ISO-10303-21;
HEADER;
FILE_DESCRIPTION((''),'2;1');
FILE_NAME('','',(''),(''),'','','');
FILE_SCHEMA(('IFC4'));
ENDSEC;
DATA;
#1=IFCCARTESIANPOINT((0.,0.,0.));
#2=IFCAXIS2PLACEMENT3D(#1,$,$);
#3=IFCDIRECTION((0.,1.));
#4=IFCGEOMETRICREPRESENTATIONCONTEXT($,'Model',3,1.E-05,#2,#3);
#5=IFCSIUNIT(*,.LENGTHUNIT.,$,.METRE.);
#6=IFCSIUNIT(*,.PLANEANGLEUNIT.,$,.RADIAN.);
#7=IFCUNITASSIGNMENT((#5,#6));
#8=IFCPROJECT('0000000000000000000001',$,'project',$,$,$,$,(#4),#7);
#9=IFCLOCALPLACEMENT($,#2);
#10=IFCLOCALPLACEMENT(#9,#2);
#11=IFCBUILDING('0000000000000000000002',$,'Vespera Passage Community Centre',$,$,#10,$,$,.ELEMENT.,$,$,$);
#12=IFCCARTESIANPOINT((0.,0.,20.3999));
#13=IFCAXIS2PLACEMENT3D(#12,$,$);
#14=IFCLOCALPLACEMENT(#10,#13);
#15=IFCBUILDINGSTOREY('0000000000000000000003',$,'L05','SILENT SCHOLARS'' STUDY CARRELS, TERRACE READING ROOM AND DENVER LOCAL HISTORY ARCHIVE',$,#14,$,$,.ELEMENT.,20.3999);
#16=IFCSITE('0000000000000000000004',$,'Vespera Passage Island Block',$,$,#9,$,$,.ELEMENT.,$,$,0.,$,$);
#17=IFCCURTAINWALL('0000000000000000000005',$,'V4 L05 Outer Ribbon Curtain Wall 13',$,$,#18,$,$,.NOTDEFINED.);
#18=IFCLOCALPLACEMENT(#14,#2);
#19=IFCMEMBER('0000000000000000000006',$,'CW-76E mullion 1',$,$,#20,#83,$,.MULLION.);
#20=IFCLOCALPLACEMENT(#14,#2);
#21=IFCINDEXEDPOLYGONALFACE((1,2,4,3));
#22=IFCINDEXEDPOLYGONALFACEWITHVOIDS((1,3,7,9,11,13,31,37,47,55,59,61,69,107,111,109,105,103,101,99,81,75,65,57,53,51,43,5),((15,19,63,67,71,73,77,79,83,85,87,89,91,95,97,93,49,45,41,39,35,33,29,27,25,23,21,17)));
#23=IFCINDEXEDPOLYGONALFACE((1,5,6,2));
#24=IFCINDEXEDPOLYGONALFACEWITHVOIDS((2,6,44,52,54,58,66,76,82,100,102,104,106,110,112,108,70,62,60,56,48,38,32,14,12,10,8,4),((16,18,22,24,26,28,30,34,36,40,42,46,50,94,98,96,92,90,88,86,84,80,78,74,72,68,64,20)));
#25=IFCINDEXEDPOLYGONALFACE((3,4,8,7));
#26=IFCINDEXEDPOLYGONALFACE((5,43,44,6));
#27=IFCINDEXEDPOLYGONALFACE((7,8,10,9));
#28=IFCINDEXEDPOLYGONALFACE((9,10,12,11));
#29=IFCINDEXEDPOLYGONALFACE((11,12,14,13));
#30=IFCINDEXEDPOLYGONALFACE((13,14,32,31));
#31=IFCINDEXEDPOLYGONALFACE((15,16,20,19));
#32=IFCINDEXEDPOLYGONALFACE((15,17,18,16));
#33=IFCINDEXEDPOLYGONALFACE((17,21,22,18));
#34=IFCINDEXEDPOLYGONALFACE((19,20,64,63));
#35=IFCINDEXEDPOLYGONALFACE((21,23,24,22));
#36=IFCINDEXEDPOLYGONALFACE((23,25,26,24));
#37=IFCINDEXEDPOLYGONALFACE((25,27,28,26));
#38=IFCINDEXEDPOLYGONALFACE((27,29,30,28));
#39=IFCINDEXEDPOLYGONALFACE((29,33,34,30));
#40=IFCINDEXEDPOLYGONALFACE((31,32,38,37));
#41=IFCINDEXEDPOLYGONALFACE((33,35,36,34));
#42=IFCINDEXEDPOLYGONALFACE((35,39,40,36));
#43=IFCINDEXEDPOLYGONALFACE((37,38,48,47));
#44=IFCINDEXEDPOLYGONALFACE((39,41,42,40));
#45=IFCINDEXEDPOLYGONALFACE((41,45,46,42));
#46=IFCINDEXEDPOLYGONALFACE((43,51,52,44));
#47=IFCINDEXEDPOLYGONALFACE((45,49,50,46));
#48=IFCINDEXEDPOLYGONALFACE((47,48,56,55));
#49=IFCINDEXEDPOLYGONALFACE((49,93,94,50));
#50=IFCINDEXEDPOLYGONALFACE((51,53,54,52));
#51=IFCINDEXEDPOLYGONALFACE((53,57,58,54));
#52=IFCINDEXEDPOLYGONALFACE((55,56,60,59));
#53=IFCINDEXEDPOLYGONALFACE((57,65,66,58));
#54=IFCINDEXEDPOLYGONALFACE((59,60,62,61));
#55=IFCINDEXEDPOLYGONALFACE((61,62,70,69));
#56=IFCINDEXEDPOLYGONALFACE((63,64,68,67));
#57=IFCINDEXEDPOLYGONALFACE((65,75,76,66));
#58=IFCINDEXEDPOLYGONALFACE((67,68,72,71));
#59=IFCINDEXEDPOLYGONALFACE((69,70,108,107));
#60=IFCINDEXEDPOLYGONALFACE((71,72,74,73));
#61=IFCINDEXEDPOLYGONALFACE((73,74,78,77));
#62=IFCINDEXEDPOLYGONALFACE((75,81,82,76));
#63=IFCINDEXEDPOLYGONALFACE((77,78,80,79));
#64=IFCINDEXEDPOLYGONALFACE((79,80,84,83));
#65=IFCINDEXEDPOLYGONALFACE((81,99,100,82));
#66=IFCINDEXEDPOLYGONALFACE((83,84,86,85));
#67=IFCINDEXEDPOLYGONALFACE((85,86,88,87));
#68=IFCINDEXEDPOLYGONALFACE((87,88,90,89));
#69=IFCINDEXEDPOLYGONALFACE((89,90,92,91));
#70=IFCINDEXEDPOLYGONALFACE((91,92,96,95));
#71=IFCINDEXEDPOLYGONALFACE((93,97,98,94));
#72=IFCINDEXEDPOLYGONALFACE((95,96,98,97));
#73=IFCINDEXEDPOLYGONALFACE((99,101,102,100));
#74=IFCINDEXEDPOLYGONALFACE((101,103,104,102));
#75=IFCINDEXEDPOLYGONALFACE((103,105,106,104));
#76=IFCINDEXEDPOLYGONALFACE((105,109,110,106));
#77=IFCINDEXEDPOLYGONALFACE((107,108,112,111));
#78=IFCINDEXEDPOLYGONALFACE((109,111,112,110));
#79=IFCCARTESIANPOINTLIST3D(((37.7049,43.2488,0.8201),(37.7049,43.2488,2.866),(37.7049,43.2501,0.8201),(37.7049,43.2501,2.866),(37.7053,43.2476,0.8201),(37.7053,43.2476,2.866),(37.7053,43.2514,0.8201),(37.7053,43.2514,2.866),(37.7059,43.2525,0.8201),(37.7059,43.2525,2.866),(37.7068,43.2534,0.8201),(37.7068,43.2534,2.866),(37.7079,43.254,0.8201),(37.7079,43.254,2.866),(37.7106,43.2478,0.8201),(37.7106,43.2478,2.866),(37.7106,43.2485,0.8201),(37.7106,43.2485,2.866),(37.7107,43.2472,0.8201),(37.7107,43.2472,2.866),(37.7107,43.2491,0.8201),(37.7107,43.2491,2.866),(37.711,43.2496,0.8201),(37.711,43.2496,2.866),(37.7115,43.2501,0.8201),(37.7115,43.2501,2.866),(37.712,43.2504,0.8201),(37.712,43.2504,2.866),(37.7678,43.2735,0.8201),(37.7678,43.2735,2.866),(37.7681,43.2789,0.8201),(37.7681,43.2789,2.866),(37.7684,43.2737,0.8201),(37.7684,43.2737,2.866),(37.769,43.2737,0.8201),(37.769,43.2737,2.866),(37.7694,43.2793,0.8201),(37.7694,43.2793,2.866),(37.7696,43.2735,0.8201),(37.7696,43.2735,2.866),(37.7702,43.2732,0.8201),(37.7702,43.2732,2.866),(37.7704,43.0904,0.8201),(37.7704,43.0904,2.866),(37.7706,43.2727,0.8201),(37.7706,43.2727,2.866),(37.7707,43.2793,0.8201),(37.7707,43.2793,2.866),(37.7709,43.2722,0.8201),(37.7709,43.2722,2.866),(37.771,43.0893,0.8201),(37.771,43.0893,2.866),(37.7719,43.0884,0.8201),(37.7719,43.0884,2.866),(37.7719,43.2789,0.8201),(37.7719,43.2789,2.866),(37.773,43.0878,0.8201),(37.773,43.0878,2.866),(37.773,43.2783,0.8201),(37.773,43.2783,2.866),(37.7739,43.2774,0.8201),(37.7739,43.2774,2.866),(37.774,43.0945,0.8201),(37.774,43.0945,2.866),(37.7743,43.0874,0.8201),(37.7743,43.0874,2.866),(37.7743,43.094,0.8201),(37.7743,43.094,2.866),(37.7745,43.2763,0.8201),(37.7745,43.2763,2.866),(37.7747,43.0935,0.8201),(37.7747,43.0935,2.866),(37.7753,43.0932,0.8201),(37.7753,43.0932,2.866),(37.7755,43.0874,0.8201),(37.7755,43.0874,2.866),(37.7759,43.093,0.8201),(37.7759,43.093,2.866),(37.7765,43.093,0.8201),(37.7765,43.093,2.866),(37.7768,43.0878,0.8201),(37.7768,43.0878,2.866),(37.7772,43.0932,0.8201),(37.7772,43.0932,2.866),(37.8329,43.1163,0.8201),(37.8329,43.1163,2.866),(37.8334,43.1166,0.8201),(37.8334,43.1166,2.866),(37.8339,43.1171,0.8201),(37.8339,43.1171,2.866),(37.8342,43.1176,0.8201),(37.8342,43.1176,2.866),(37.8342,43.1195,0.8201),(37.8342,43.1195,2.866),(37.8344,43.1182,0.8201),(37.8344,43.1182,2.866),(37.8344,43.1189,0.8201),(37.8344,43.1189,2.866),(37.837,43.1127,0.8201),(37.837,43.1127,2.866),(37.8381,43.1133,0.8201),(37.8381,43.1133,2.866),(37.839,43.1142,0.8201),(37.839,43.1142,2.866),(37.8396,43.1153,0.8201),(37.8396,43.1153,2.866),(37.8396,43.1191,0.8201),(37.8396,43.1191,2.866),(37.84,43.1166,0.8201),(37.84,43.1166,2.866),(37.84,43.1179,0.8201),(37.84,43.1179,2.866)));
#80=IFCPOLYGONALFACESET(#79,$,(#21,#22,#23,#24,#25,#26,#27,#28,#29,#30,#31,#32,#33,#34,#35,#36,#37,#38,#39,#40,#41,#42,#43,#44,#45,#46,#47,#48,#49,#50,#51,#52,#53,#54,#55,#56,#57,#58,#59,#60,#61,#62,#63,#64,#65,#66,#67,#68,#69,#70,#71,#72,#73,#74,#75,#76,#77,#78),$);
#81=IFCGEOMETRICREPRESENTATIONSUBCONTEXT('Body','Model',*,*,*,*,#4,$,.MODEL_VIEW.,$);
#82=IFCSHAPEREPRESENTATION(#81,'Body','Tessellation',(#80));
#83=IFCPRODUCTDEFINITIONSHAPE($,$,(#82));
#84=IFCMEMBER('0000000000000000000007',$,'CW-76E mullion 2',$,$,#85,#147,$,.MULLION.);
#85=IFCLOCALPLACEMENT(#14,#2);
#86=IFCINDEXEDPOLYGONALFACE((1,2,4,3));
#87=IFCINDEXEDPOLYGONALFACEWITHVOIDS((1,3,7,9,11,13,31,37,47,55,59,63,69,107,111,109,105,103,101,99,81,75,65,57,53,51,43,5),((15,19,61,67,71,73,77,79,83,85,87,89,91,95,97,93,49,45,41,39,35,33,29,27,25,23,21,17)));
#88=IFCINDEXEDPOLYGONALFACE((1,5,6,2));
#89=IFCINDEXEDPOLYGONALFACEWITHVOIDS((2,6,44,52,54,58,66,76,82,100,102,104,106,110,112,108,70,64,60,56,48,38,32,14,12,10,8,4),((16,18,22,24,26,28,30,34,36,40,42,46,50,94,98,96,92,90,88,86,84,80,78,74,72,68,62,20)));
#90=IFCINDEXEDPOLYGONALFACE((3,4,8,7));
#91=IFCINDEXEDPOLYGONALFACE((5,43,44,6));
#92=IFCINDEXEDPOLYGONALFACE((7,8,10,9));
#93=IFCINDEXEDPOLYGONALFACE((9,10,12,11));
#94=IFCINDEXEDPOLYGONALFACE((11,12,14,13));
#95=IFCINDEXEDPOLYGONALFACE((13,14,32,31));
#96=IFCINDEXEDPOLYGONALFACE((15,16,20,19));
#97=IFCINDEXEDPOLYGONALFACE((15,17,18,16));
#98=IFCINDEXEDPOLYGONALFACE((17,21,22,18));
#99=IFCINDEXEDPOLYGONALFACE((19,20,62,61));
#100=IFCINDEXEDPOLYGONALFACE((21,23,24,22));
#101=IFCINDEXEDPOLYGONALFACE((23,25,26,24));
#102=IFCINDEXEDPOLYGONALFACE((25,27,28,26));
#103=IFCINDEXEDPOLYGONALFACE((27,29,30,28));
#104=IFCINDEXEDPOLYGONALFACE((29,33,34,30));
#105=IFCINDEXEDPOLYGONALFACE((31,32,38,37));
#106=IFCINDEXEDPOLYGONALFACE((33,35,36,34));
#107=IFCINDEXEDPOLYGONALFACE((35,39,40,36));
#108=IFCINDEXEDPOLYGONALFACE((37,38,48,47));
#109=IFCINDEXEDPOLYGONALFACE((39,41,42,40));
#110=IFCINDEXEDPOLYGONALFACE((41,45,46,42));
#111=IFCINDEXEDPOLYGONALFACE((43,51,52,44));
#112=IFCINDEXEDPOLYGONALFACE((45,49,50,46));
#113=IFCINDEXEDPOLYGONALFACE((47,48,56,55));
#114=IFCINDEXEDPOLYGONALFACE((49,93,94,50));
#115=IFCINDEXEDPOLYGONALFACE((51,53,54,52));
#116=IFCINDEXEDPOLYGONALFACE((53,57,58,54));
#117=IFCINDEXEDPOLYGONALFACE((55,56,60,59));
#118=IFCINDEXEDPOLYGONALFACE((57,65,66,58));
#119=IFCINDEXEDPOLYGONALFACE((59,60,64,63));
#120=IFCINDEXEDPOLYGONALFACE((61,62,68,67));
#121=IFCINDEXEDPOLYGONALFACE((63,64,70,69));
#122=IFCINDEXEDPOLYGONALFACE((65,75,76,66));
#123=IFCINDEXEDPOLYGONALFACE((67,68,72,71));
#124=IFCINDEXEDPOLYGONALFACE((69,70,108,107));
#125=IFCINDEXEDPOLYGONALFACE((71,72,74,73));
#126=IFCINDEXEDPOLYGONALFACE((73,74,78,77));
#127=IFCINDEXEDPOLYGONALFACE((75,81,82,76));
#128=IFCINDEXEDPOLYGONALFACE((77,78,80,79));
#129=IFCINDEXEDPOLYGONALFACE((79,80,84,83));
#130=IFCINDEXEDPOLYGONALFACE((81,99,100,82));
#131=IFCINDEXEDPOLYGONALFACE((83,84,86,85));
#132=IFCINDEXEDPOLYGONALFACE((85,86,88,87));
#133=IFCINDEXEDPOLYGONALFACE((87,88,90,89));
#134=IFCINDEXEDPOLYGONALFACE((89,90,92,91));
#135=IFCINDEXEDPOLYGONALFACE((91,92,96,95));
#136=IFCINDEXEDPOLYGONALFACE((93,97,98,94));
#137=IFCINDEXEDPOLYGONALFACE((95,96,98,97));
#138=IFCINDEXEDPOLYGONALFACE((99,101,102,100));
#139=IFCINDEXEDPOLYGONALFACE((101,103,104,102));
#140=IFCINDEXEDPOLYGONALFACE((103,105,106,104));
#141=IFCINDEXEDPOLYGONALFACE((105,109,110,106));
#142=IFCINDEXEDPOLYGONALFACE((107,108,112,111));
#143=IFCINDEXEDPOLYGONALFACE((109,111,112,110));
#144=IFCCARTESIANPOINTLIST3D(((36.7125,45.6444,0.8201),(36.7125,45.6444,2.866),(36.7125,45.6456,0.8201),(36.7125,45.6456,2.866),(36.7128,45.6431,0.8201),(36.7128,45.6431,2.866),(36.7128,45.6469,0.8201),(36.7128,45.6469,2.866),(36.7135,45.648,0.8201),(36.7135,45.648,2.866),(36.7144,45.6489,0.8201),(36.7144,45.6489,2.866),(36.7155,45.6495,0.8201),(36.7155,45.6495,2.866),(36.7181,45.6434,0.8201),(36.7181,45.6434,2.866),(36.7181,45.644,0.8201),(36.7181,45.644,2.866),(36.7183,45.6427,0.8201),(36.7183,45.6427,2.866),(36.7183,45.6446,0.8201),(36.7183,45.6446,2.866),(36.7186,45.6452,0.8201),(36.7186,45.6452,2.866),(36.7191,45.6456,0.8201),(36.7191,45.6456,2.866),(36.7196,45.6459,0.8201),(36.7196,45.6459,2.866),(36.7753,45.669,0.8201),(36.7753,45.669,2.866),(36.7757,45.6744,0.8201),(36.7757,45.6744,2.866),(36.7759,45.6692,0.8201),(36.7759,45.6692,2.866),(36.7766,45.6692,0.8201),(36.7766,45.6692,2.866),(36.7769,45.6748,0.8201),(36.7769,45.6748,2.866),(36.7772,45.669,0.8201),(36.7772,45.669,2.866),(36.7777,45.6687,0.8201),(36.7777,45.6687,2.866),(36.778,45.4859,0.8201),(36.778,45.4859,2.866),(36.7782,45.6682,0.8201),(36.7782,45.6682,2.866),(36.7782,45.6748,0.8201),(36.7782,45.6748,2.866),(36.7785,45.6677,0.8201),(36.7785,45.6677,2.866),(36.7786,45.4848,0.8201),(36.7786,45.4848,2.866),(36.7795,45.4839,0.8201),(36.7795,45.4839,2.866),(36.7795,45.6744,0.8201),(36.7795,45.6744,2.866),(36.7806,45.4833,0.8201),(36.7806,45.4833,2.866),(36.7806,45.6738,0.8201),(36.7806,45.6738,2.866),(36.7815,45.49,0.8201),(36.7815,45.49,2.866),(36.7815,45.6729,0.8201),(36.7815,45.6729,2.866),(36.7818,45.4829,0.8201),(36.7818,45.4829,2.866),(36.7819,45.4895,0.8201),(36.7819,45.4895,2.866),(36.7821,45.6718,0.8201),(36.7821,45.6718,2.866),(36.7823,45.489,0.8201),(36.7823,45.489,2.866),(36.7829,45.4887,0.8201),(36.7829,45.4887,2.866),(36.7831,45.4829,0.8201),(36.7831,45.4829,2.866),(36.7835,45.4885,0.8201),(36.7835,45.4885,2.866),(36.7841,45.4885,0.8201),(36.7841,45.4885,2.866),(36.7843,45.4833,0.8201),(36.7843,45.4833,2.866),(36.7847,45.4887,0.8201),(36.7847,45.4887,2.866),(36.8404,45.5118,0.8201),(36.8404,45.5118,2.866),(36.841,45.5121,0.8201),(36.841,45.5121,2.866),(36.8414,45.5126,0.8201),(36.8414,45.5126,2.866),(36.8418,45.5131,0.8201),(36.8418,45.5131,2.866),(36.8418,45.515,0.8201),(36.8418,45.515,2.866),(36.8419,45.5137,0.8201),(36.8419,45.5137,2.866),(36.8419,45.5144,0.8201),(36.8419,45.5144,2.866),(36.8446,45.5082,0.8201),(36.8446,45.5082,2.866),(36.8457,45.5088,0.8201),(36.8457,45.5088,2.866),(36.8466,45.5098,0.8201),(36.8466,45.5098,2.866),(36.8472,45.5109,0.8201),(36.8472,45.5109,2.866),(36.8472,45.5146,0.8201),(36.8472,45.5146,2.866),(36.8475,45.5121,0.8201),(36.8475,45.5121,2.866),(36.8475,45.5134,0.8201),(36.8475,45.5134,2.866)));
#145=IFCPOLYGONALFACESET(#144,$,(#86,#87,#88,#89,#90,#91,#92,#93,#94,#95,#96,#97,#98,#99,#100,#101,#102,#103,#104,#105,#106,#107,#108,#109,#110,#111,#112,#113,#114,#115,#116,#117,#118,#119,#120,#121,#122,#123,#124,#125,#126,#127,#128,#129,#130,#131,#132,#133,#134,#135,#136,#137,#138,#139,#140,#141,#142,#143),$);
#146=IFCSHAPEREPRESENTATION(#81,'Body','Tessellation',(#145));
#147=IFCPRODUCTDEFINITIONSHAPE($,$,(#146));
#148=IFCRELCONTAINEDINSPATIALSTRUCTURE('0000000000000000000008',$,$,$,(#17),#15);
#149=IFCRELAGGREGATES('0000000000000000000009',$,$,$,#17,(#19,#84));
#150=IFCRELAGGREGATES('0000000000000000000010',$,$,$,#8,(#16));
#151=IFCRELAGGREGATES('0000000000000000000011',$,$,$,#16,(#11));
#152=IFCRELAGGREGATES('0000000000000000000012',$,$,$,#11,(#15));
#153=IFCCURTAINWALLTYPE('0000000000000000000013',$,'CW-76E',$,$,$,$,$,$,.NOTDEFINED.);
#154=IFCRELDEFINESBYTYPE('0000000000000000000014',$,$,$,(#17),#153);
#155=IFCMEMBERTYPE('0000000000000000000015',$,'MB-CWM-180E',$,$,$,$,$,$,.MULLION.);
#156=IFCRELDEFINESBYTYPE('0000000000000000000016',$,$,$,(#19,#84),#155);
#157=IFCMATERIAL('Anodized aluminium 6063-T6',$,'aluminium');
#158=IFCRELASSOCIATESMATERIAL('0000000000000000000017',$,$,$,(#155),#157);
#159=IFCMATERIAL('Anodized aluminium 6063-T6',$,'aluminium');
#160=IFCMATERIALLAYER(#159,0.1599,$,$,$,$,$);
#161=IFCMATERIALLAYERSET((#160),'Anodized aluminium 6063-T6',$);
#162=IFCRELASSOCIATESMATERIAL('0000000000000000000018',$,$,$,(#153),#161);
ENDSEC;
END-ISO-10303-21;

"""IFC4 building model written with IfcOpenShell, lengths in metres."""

from ifc_helpers import new_model, si_unit, direction, frame, origin, origin_2d, place, context, subcontext, project, spatial, hollow_rectangle, extrude, material, layer, layer_set, material_profile, profile_set, type_object, element, aggregate, save


model = new_model("IFC4")

# Units and contexts
model_context = context("Model", 3, precision=1e-05, world=origin(), true_north=direction((0.0, 1.0)))
body_context = subcontext(model_context, "Body", "Model", "MODEL_VIEW")
ifc_project = project(units=[si_unit("LENGTHUNIT", "METRE"), si_unit("PLANEANGLEUNIT", "RADIAN")], contexts=[model_context])

# Site, building, storey
site_placement = place(None, origin())
site = spatial("IfcSite", under=ifc_project, at=site_placement, Name="Vespera Passage Island Block", CompositionType="ELEMENT", RefElevation=0.0)
building_placement = place(site_placement, origin())
building = spatial("IfcBuilding", under=site, at=building_placement, Name="Vespera Passage Community Centre", CompositionType="ELEMENT")
storey_placement = place(building_placement, frame((0.0, 0.0, 20.3999)))
storey = spatial("IfcBuildingStorey", under=building, at=storey_placement, Name="L05", Description="SILENT SCHOLARS' STUDY CARRELS, TERRACE READING ROOM AND DENVER LOCAL HISTORY ARCHIVE", CompositionType="ELEMENT", Elevation=20.3999)

# Curtain wall, members
ifc_material_1 = material(Name="Anodized aluminium 6063-T6", Category="aluminium")
ifc_material_profile_1 = material_profile(ifc_material_1, hollow_rectangle(XDim=0.075, YDim=0.1799, WallThickness=0.0049, InnerFilletRadius=0.0024, OuterFilletRadius=0.0049, at=origin_2d()), Name="ALU180X75X5")
ifc_profile_set_1 = profile_set([ifc_material_profile_1], Name="Anodized aluminium 6063-T6")
member_type_1 = type_object("IfcMemberType", Name="MB-CWM-180E", PredefinedType="MULLION", material=ifc_profile_set_1)
ifc_material_2 = material(Name="Anodized aluminium 6063-T6", Category="aluminium")
ifc_layer_1 = layer(ifc_material_2, 0.1599)
ifc_layer_set_1 = layer_set([ifc_layer_1], Name="Anodized aluminium 6063-T6")
curtain_wall_type_1 = type_object("IfcCurtainWallType", Name="CW-76E", PredefinedType="NOTDEFINED", material=ifc_layer_set_1)
curtain_wall_1_placement = place(storey_placement, origin())
curtain_wall_1 = element("IfcCurtainWall", 1, at=curtain_wall_1_placement, inside=storey, type_object=curtain_wall_type_1, Name="V4 L05 Outer Ribbon Curtain Wall 13", PredefinedType="NOTDEFINED")
member_1_placement = place(storey_placement, frame((37.7725, 43.1833, 0.8201), z_axis=(0.0, 0.0, 1.0), x_axis=(-0.923881, -0.382679, 0.0)))
member_1 = element("IfcMember", 2, at=member_1_placement, type_object=member_type_1, Name="CW-76E mullion 1", PredefinedType="MULLION", context=body_context, shape_type="SweptSolid", body=[
    extrude(hollow_rectangle(XDim=0.075, YDim=0.1799, WallThickness=0.0049, InnerFilletRadius=0.0024, OuterFilletRadius=0.0049, at=origin_2d()), origin(), (0.0, 0.0, 1.0), 2.0459),
])
member_2_placement = place(storey_placement, frame((36.78, 45.5789, 0.8201), z_axis=(0.0, 0.0, 1.0), x_axis=(-0.923881, -0.382679, 0.0)))
member_2 = element("IfcMember", 3, at=member_2_placement, type_object=member_type_1, Name="CW-76E mullion 2", PredefinedType="MULLION", context=body_context, shape_type="SweptSolid", body=[
    extrude(hollow_rectangle(XDim=0.075, YDim=0.1799, WallThickness=0.0049, InnerFilletRadius=0.0024, OuterFilletRadius=0.0049, at=origin_2d()), origin(), (0.0, 0.0, 1.0), 2.0459),
])

aggregate(curtain_wall_1, [member_1, member_2])

save(model, "model.ifc")
